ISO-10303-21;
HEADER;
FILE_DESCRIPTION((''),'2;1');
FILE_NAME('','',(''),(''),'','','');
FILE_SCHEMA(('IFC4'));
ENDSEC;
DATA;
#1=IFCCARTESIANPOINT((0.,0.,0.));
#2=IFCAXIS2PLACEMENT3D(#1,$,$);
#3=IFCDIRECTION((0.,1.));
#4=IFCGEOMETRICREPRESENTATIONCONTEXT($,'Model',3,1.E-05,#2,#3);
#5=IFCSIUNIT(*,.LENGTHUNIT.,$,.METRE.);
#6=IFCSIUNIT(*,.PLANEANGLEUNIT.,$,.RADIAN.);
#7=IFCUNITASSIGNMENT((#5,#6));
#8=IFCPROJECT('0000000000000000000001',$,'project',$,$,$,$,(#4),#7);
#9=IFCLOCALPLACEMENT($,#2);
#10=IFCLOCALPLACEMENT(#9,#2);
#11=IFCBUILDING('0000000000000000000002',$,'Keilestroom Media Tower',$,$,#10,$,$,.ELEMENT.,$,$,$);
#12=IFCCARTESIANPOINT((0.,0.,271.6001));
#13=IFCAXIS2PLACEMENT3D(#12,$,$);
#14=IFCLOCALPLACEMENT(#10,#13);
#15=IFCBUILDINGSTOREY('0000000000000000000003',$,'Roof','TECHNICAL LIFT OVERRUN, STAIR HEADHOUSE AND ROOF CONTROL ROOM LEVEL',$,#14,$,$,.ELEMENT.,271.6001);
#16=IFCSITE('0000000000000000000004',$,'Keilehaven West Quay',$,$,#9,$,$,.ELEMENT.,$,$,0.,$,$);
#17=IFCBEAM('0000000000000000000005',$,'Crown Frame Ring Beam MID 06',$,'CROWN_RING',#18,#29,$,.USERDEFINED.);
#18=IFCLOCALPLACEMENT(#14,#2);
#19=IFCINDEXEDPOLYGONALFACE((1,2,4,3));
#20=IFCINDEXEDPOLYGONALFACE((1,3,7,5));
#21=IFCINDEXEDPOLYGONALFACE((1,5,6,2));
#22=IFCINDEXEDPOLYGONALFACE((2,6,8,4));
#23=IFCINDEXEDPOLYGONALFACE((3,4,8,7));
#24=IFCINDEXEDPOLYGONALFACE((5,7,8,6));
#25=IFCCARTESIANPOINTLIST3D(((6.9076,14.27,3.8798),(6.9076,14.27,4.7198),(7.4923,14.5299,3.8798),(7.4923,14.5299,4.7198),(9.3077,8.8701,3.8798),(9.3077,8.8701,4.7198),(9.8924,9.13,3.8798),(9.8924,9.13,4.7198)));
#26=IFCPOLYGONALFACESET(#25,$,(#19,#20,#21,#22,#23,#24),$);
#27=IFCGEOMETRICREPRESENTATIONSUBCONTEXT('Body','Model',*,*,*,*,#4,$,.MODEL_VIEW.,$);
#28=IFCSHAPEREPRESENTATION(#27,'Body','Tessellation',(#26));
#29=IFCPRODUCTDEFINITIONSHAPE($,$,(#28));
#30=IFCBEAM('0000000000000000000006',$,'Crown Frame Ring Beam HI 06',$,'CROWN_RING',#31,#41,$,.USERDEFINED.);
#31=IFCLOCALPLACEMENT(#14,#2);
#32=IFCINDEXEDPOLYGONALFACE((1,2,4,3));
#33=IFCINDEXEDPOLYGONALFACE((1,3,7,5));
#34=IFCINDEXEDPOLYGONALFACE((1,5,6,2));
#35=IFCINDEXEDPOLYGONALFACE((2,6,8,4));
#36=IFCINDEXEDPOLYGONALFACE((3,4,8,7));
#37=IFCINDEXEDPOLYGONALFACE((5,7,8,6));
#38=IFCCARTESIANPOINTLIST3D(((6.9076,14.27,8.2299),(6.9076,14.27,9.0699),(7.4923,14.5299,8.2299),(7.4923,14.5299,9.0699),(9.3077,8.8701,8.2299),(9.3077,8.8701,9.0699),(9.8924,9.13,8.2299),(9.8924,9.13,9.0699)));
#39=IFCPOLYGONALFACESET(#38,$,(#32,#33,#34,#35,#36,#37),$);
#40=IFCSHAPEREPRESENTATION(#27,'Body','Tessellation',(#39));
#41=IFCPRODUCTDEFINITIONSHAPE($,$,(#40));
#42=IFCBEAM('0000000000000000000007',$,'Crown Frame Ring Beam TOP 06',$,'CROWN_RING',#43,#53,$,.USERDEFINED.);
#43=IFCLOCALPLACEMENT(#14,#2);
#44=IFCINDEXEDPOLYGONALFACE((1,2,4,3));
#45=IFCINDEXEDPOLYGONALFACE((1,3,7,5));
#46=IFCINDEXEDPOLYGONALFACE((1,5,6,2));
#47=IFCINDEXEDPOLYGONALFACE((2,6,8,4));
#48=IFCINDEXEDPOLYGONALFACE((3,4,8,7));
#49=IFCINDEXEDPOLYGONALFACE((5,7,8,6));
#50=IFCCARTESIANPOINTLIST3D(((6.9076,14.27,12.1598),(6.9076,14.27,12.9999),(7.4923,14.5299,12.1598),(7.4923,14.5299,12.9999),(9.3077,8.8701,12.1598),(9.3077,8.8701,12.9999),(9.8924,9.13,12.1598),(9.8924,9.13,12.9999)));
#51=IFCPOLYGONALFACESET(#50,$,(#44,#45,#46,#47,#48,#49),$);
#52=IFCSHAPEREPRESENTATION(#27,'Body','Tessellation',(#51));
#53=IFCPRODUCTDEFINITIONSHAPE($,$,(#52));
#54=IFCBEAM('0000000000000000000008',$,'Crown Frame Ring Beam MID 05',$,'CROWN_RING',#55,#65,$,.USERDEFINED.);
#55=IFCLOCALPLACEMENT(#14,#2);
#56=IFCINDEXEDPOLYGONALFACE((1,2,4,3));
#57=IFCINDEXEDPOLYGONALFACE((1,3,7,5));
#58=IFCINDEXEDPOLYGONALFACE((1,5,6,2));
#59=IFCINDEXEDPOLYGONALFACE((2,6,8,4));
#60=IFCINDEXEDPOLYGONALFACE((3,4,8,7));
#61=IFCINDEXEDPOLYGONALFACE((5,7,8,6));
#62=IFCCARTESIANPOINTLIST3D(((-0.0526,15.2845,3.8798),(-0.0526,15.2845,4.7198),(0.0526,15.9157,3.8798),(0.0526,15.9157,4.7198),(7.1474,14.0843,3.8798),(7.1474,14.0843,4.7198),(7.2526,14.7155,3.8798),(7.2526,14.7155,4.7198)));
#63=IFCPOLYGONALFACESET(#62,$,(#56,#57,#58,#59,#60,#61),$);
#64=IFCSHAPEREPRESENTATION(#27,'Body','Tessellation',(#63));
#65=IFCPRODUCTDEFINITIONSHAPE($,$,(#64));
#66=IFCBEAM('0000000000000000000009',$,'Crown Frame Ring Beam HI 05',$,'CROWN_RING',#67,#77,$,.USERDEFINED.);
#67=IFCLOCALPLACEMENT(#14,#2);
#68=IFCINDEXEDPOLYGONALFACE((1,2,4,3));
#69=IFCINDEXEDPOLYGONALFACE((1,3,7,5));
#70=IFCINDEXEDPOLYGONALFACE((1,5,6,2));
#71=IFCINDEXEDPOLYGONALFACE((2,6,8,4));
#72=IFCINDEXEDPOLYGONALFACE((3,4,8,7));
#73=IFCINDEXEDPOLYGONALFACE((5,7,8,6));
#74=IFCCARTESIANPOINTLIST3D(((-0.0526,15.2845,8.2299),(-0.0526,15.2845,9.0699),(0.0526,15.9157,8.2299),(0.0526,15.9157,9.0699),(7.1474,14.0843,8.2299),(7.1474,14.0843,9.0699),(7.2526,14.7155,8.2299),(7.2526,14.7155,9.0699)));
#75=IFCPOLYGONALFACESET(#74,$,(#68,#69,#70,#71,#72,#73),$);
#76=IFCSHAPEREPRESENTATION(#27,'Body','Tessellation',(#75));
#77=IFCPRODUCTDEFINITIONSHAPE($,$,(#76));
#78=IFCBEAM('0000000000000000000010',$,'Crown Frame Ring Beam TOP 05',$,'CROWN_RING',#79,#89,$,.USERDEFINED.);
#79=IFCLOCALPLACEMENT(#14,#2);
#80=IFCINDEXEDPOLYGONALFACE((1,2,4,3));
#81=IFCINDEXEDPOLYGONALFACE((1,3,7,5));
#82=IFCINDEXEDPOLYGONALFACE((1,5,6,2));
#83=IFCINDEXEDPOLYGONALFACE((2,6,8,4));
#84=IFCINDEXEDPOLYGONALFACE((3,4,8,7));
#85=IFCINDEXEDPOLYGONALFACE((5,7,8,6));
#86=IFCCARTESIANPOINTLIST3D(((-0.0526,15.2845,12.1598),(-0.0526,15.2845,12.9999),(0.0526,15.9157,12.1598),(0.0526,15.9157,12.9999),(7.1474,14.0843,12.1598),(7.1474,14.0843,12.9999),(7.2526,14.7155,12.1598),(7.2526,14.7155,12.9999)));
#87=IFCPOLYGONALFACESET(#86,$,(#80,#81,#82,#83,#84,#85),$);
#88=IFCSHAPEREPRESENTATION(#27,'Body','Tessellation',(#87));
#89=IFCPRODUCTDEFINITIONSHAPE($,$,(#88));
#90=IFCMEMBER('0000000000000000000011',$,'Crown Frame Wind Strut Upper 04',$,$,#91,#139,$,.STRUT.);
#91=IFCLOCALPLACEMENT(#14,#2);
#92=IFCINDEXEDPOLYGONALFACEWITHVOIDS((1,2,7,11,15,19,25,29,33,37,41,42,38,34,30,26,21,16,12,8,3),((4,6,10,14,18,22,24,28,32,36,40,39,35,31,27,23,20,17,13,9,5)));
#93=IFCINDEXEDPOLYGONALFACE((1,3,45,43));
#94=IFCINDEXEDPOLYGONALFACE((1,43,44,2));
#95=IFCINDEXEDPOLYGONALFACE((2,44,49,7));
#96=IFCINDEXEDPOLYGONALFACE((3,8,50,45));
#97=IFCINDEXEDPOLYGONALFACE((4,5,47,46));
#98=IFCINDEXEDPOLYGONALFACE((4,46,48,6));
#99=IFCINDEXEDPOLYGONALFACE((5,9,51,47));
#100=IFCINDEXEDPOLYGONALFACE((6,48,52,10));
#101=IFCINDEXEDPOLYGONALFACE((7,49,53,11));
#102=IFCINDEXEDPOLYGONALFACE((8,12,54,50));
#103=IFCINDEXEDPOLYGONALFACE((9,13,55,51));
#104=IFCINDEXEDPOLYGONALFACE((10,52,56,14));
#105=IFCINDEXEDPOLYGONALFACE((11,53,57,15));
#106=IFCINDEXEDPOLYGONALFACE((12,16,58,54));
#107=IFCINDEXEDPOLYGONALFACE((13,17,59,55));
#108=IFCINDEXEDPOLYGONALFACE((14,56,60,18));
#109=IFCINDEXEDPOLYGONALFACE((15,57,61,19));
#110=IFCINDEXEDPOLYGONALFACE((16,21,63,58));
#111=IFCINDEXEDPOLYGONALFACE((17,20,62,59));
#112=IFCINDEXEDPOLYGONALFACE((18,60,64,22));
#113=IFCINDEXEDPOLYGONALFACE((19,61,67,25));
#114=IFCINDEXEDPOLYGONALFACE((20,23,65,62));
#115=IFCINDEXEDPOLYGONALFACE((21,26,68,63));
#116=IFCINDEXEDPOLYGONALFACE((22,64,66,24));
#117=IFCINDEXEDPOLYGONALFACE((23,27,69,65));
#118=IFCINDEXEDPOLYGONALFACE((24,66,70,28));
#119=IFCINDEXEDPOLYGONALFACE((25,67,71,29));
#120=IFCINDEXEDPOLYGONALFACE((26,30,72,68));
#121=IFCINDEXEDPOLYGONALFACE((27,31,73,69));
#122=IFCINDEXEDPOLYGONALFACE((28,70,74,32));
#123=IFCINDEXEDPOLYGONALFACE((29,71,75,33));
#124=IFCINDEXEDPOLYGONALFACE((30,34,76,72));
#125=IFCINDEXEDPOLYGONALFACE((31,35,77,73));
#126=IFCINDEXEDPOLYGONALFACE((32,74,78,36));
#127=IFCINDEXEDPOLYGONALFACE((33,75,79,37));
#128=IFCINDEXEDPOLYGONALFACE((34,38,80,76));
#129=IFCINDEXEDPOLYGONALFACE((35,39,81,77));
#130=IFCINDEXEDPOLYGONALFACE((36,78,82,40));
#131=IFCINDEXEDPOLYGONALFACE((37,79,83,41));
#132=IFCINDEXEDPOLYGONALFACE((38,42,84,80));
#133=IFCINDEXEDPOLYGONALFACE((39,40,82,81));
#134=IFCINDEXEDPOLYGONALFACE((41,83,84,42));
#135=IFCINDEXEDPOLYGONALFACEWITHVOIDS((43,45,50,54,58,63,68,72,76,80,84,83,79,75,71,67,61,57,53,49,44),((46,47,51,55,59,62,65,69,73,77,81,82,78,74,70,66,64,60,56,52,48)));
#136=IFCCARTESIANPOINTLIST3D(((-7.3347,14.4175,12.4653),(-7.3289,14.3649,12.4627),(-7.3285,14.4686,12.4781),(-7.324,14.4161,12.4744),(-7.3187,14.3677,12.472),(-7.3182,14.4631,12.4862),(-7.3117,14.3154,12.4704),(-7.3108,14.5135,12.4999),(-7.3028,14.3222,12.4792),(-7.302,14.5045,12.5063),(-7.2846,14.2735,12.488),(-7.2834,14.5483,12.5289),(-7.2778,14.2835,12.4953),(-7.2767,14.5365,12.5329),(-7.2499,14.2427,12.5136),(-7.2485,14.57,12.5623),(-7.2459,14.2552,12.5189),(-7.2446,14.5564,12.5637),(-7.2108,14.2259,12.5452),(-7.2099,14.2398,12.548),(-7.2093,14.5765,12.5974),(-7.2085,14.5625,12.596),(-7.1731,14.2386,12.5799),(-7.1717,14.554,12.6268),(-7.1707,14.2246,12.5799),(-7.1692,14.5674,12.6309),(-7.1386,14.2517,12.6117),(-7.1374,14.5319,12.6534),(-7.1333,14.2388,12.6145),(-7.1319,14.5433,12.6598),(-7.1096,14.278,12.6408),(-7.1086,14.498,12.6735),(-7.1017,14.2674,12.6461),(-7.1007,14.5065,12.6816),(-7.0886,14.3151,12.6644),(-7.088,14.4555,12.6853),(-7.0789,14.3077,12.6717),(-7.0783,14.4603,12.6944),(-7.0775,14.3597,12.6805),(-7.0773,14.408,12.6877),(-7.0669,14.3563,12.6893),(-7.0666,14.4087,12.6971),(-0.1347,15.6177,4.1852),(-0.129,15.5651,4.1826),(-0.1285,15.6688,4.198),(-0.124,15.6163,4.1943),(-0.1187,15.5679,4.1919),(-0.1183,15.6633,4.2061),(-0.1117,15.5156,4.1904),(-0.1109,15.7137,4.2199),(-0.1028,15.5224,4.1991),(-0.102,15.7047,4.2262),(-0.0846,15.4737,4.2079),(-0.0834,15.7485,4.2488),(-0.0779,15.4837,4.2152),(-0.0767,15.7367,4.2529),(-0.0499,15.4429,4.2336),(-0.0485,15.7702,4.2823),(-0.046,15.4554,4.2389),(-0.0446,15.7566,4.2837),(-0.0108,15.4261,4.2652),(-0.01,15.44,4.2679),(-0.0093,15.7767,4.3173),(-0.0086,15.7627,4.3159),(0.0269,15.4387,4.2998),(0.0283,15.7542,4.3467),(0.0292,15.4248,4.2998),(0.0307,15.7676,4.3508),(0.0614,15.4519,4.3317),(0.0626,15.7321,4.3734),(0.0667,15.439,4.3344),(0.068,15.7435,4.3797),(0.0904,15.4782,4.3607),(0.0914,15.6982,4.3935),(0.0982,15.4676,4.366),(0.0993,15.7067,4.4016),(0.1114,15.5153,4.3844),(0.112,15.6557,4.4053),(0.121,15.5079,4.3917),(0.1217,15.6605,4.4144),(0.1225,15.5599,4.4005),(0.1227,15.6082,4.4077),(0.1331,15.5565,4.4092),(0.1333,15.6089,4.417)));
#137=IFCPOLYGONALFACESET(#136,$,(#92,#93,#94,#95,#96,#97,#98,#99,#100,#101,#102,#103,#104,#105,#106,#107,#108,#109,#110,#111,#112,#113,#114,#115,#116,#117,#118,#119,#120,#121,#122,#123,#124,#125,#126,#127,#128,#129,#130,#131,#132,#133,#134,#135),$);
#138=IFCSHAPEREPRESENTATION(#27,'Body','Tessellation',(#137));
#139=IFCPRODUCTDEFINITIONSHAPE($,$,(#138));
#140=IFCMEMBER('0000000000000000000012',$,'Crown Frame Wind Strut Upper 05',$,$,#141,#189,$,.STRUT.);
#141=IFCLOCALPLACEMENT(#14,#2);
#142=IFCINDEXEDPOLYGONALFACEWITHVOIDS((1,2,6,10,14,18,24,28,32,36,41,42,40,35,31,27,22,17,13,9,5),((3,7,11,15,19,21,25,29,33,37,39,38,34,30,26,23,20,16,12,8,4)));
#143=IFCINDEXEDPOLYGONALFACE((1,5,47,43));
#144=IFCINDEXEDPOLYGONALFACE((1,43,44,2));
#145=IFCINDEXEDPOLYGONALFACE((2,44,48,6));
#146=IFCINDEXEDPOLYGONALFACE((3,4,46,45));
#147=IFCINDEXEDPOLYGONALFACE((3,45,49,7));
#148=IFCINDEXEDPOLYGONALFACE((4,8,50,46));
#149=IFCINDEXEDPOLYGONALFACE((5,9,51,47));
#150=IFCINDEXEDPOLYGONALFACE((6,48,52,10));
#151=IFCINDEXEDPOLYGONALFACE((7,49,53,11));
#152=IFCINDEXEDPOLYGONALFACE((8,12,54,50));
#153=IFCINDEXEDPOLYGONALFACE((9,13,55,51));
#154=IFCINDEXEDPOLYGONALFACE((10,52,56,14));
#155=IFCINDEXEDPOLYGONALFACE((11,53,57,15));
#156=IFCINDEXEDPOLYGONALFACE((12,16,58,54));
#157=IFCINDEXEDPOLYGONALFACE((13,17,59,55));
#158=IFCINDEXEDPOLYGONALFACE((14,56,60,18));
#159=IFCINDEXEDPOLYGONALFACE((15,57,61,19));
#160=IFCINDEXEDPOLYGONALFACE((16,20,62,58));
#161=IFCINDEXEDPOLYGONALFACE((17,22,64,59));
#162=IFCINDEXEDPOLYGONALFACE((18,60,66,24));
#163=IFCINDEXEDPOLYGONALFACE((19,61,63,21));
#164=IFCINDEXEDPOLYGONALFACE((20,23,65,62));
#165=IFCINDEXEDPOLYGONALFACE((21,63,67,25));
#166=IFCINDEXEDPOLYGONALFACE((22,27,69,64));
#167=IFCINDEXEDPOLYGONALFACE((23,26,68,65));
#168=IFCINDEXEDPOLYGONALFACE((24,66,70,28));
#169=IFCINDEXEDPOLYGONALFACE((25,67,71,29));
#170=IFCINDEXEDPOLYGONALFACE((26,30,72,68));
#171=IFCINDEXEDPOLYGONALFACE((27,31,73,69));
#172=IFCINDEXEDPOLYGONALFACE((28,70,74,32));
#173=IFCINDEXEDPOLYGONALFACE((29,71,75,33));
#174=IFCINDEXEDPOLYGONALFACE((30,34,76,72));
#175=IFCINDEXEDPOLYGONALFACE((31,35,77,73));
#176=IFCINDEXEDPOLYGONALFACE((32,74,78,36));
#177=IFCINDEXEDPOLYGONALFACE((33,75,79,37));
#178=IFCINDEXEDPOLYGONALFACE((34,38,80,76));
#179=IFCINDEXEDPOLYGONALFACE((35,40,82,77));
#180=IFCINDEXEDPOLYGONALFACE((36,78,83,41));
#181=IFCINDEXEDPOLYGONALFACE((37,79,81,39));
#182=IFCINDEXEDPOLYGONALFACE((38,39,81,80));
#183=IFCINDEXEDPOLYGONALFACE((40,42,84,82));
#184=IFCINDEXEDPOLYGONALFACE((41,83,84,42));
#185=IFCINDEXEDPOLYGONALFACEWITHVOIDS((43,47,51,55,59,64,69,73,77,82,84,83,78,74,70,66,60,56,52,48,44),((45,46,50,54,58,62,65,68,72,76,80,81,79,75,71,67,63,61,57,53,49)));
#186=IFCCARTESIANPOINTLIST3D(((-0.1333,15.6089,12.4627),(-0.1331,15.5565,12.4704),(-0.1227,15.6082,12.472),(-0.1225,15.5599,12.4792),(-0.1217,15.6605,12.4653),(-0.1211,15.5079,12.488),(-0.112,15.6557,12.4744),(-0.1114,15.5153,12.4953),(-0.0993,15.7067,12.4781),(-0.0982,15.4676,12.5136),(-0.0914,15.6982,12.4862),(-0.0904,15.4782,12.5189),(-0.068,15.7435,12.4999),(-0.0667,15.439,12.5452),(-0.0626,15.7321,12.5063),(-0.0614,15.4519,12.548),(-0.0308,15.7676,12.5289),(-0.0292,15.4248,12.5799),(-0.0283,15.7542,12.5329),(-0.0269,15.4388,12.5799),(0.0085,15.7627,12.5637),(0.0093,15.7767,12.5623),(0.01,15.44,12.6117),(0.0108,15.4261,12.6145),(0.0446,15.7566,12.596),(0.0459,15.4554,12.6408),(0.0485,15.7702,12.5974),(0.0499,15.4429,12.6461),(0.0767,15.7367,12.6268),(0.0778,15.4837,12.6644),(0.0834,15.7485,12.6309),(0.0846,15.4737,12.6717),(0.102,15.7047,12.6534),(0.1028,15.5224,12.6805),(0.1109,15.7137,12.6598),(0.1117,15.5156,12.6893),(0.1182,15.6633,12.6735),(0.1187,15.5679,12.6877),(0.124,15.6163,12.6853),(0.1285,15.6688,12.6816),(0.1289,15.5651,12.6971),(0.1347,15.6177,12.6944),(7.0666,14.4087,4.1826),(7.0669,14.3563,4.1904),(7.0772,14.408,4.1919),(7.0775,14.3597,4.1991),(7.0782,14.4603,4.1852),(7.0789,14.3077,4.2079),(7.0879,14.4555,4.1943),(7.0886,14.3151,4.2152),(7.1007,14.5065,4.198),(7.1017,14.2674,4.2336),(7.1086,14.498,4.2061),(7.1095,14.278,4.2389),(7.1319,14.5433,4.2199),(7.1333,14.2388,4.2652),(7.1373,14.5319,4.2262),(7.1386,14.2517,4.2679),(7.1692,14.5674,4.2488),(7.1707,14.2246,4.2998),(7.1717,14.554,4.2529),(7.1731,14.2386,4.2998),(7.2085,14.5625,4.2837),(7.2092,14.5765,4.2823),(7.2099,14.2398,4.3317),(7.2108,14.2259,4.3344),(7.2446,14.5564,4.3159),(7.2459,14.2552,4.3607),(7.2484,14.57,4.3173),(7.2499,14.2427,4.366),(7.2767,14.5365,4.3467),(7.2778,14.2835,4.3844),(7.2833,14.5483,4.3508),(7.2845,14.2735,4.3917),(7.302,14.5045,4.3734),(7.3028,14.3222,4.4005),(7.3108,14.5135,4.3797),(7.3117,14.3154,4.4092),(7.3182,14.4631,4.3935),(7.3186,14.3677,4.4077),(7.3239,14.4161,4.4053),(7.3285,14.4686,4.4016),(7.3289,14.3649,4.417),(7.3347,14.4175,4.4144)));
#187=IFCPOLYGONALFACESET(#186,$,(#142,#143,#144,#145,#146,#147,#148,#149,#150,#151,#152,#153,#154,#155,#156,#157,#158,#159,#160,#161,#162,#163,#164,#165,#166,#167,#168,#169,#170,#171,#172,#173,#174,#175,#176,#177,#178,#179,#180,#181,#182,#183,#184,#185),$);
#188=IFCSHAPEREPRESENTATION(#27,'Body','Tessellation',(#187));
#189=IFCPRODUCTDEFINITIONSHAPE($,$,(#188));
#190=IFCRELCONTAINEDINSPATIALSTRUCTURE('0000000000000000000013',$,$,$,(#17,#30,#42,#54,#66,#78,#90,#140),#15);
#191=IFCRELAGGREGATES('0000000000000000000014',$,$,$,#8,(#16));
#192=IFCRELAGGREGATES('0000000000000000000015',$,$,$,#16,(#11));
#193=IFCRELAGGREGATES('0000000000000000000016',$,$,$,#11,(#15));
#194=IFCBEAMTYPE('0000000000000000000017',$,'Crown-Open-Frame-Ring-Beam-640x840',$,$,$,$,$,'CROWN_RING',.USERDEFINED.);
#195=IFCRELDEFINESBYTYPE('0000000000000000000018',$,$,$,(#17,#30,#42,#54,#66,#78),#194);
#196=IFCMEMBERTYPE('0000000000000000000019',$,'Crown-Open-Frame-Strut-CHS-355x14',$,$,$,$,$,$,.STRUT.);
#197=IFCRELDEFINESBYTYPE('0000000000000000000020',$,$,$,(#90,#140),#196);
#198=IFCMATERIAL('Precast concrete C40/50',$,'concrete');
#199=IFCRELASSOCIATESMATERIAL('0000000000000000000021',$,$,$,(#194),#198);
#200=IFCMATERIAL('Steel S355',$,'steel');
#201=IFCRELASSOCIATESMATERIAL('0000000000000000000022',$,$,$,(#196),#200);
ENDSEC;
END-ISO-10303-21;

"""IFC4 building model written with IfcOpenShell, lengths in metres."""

from ifc_helpers import new_model, si_unit, direction, frame, origin, origin_2d, place, context, subcontext, project, spatial, rectangle, hollow_circle, extrude, source, transform, mapped, material, material_profile, profile_set, type_object, element, save


model = new_model("IFC4")

# Units and contexts
model_context = context("Model", 3, precision=1e-05, world=origin(), true_north=direction((0.0, 1.0)))
body_context = subcontext(model_context, "Body", "Model", "MODEL_VIEW")
ifc_project = project(units=[si_unit("LENGTHUNIT", "METRE"), si_unit("PLANEANGLEUNIT", "RADIAN")], contexts=[model_context])

# Site, building, storey
site_placement = place(None, origin())
site = spatial("IfcSite", under=ifc_project, at=site_placement, Name="Keilehaven West Quay", CompositionType="ELEMENT", RefElevation=0.0)
building_placement = place(site_placement, origin())
building = spatial("IfcBuilding", under=site, at=building_placement, Name="Keilestroom Media Tower", CompositionType="ELEMENT")
storey_placement = place(building_placement, frame((0.0, 0.0, 271.6001)))
storey = spatial("IfcBuildingStorey", under=building, at=storey_placement, Name="Roof", Description="TECHNICAL LIFT OVERRUN, STAIR HEADHOUSE AND ROOF CONTROL ROOM LEVEL", CompositionType="ELEMENT", Elevation=271.6001)

# Beams
ifc_material_1 = material(Name="Precast concrete C40/50", Category="concrete")
ifc_material_profile_1 = material_profile(ifc_material_1, rectangle(XDim=0.6399, YDim=0.8401, at=origin_2d()), Name="CF 640x840")
ifc_profile_set_1 = profile_set([ifc_material_profile_1], Name="Precast concrete C40/50")
beam_type = type_object("IfcBeamType", Name="Crown-Open-Frame-Ring-Beam-640x840", ElementType="CROWN_RING", PredefinedType="USERDEFINED", material=ifc_profile_set_1)
shared_shape_1 = source(origin(), body_context, "Body", "SweptSolid", [
    extrude(rectangle(XDim=0.6399, YDim=0.8401, at=origin_2d()), origin(), (0.0, 0.0, 1.0), 5.9092),
])
for number, where, z_axis, x_axis, name in (
    (1, (7.2, 14.3999, 4.2998), (0.406165, -0.9138, 0.0), (0.9138, 0.406165, 0.0), "Crown Frame Ring Beam MID 06"),
    (2, (7.2, 14.3999, 8.6499), (0.406165, -0.9138, 0.0), (0.9138, 0.406165, 0.0), "Crown Frame Ring Beam HI 06"),
    (3, (7.2, 14.3999, 12.5798), (0.406165, -0.9138, 0.0), (0.9138, 0.406165, 0.0), "Crown Frame Ring Beam TOP 06"),
):
    element("IfcBeam", number, at=place(storey_placement, frame(where, z_axis=z_axis, x_axis=x_axis)), inside=storey, type_object=beam_type, Name=name, ObjectType="CROWN_RING", PredefinedType="USERDEFINED", context=body_context, shape_type="MappedRepresentation", body=[
        mapped(shared_shape_1, transform((0.0, 0.0, 0.0), x_axis=(1.0, 0.0, 0.0), y_axis=(0.0, 1.0, 0.0), z_axis=(0.0, 0.0, 1.0), scale=1.0)),
    ])
shared_shape_2 = source(origin(), body_context, "Body", "SweptSolid", [
    extrude(rectangle(XDim=0.6399, YDim=0.8401, at=origin_2d()), origin(), (0.0, 0.0, 1.0), 7.2993),
])
for number, where, z_axis, x_axis, name in (
    (4, (0.0, 15.6001, 4.2998), (0.986389, -0.164426, 0.0), (0.164426, 0.986389, 0.0), "Crown Frame Ring Beam MID 05"),
    (5, (0.0, 15.6001, 8.6499), (0.986389, -0.164426, 0.0), (0.164426, 0.986389, 0.0), "Crown Frame Ring Beam HI 05"),
    (6, (0.0, 15.6001, 12.5798), (0.986389, -0.164426, 0.0), (0.164426, 0.986389, 0.0), "Crown Frame Ring Beam TOP 05"),
):
    element("IfcBeam", number, at=place(storey_placement, frame(where, z_axis=z_axis, x_axis=x_axis)), inside=storey, type_object=beam_type, Name=name, ObjectType="CROWN_RING", PredefinedType="USERDEFINED", context=body_context, shape_type="MappedRepresentation", body=[
        mapped(shared_shape_2, transform((0.0, 0.0, 0.0), x_axis=(1.0, 0.0, 0.0), y_axis=(0.0, 1.0, 0.0), z_axis=(0.0, 0.0, 1.0), scale=1.0)),
    ])

# Members
ifc_material_2 = material(Name="Steel S355", Category="steel")
ifc_material_profile_2 = material_profile(ifc_material_2, hollow_circle(Radius=0.1777, WallThickness=0.0142, at=origin_2d()), Name="CHS 355.6x14.2")
ifc_profile_set_2 = profile_set([ifc_material_profile_2], Name="Steel S355")
member_type_1 = type_object("IfcMemberType", Name="Crown-Open-Frame-Strut-CHS-355x14", PredefinedType="STRUT", material=ifc_profile_set_2)
shared_shape_3 = source(origin(), body_context, "Body", "SweptSolid", [
    extrude(hollow_circle(Radius=0.1777, WallThickness=0.0142, at=origin_2d()), origin(), (0.0, 0.0, 1.0), 11.0381),
])
for number, where, z_axis, x_axis, name in (
    (7, (0.0, 15.6001, 4.2998), (-0.652284, -0.108733, 0.750135), (0.164426, -0.986389, 0.0), "Crown Frame Wind Strut Upper 04"),
    (8, (7.2, 14.3999, 4.2998), (-0.652284, 0.108733, 0.750135), (-0.164426, -0.986389, 0.0), "Crown Frame Wind Strut Upper 05"),
):
    element("IfcMember", number, at=place(storey_placement, frame(where, z_axis=z_axis, x_axis=x_axis)), inside=storey, type_object=member_type_1, Name=name, PredefinedType="STRUT", context=body_context, shape_type="MappedRepresentation", body=[
        mapped(shared_shape_3, transform((0.0, 0.0, 0.0), x_axis=(1.0, 0.0, 0.0), y_axis=(0.0, 1.0, 0.0), z_axis=(0.0, 0.0, 1.0), scale=1.0)),
    ])

save(model, "model.ifc")
